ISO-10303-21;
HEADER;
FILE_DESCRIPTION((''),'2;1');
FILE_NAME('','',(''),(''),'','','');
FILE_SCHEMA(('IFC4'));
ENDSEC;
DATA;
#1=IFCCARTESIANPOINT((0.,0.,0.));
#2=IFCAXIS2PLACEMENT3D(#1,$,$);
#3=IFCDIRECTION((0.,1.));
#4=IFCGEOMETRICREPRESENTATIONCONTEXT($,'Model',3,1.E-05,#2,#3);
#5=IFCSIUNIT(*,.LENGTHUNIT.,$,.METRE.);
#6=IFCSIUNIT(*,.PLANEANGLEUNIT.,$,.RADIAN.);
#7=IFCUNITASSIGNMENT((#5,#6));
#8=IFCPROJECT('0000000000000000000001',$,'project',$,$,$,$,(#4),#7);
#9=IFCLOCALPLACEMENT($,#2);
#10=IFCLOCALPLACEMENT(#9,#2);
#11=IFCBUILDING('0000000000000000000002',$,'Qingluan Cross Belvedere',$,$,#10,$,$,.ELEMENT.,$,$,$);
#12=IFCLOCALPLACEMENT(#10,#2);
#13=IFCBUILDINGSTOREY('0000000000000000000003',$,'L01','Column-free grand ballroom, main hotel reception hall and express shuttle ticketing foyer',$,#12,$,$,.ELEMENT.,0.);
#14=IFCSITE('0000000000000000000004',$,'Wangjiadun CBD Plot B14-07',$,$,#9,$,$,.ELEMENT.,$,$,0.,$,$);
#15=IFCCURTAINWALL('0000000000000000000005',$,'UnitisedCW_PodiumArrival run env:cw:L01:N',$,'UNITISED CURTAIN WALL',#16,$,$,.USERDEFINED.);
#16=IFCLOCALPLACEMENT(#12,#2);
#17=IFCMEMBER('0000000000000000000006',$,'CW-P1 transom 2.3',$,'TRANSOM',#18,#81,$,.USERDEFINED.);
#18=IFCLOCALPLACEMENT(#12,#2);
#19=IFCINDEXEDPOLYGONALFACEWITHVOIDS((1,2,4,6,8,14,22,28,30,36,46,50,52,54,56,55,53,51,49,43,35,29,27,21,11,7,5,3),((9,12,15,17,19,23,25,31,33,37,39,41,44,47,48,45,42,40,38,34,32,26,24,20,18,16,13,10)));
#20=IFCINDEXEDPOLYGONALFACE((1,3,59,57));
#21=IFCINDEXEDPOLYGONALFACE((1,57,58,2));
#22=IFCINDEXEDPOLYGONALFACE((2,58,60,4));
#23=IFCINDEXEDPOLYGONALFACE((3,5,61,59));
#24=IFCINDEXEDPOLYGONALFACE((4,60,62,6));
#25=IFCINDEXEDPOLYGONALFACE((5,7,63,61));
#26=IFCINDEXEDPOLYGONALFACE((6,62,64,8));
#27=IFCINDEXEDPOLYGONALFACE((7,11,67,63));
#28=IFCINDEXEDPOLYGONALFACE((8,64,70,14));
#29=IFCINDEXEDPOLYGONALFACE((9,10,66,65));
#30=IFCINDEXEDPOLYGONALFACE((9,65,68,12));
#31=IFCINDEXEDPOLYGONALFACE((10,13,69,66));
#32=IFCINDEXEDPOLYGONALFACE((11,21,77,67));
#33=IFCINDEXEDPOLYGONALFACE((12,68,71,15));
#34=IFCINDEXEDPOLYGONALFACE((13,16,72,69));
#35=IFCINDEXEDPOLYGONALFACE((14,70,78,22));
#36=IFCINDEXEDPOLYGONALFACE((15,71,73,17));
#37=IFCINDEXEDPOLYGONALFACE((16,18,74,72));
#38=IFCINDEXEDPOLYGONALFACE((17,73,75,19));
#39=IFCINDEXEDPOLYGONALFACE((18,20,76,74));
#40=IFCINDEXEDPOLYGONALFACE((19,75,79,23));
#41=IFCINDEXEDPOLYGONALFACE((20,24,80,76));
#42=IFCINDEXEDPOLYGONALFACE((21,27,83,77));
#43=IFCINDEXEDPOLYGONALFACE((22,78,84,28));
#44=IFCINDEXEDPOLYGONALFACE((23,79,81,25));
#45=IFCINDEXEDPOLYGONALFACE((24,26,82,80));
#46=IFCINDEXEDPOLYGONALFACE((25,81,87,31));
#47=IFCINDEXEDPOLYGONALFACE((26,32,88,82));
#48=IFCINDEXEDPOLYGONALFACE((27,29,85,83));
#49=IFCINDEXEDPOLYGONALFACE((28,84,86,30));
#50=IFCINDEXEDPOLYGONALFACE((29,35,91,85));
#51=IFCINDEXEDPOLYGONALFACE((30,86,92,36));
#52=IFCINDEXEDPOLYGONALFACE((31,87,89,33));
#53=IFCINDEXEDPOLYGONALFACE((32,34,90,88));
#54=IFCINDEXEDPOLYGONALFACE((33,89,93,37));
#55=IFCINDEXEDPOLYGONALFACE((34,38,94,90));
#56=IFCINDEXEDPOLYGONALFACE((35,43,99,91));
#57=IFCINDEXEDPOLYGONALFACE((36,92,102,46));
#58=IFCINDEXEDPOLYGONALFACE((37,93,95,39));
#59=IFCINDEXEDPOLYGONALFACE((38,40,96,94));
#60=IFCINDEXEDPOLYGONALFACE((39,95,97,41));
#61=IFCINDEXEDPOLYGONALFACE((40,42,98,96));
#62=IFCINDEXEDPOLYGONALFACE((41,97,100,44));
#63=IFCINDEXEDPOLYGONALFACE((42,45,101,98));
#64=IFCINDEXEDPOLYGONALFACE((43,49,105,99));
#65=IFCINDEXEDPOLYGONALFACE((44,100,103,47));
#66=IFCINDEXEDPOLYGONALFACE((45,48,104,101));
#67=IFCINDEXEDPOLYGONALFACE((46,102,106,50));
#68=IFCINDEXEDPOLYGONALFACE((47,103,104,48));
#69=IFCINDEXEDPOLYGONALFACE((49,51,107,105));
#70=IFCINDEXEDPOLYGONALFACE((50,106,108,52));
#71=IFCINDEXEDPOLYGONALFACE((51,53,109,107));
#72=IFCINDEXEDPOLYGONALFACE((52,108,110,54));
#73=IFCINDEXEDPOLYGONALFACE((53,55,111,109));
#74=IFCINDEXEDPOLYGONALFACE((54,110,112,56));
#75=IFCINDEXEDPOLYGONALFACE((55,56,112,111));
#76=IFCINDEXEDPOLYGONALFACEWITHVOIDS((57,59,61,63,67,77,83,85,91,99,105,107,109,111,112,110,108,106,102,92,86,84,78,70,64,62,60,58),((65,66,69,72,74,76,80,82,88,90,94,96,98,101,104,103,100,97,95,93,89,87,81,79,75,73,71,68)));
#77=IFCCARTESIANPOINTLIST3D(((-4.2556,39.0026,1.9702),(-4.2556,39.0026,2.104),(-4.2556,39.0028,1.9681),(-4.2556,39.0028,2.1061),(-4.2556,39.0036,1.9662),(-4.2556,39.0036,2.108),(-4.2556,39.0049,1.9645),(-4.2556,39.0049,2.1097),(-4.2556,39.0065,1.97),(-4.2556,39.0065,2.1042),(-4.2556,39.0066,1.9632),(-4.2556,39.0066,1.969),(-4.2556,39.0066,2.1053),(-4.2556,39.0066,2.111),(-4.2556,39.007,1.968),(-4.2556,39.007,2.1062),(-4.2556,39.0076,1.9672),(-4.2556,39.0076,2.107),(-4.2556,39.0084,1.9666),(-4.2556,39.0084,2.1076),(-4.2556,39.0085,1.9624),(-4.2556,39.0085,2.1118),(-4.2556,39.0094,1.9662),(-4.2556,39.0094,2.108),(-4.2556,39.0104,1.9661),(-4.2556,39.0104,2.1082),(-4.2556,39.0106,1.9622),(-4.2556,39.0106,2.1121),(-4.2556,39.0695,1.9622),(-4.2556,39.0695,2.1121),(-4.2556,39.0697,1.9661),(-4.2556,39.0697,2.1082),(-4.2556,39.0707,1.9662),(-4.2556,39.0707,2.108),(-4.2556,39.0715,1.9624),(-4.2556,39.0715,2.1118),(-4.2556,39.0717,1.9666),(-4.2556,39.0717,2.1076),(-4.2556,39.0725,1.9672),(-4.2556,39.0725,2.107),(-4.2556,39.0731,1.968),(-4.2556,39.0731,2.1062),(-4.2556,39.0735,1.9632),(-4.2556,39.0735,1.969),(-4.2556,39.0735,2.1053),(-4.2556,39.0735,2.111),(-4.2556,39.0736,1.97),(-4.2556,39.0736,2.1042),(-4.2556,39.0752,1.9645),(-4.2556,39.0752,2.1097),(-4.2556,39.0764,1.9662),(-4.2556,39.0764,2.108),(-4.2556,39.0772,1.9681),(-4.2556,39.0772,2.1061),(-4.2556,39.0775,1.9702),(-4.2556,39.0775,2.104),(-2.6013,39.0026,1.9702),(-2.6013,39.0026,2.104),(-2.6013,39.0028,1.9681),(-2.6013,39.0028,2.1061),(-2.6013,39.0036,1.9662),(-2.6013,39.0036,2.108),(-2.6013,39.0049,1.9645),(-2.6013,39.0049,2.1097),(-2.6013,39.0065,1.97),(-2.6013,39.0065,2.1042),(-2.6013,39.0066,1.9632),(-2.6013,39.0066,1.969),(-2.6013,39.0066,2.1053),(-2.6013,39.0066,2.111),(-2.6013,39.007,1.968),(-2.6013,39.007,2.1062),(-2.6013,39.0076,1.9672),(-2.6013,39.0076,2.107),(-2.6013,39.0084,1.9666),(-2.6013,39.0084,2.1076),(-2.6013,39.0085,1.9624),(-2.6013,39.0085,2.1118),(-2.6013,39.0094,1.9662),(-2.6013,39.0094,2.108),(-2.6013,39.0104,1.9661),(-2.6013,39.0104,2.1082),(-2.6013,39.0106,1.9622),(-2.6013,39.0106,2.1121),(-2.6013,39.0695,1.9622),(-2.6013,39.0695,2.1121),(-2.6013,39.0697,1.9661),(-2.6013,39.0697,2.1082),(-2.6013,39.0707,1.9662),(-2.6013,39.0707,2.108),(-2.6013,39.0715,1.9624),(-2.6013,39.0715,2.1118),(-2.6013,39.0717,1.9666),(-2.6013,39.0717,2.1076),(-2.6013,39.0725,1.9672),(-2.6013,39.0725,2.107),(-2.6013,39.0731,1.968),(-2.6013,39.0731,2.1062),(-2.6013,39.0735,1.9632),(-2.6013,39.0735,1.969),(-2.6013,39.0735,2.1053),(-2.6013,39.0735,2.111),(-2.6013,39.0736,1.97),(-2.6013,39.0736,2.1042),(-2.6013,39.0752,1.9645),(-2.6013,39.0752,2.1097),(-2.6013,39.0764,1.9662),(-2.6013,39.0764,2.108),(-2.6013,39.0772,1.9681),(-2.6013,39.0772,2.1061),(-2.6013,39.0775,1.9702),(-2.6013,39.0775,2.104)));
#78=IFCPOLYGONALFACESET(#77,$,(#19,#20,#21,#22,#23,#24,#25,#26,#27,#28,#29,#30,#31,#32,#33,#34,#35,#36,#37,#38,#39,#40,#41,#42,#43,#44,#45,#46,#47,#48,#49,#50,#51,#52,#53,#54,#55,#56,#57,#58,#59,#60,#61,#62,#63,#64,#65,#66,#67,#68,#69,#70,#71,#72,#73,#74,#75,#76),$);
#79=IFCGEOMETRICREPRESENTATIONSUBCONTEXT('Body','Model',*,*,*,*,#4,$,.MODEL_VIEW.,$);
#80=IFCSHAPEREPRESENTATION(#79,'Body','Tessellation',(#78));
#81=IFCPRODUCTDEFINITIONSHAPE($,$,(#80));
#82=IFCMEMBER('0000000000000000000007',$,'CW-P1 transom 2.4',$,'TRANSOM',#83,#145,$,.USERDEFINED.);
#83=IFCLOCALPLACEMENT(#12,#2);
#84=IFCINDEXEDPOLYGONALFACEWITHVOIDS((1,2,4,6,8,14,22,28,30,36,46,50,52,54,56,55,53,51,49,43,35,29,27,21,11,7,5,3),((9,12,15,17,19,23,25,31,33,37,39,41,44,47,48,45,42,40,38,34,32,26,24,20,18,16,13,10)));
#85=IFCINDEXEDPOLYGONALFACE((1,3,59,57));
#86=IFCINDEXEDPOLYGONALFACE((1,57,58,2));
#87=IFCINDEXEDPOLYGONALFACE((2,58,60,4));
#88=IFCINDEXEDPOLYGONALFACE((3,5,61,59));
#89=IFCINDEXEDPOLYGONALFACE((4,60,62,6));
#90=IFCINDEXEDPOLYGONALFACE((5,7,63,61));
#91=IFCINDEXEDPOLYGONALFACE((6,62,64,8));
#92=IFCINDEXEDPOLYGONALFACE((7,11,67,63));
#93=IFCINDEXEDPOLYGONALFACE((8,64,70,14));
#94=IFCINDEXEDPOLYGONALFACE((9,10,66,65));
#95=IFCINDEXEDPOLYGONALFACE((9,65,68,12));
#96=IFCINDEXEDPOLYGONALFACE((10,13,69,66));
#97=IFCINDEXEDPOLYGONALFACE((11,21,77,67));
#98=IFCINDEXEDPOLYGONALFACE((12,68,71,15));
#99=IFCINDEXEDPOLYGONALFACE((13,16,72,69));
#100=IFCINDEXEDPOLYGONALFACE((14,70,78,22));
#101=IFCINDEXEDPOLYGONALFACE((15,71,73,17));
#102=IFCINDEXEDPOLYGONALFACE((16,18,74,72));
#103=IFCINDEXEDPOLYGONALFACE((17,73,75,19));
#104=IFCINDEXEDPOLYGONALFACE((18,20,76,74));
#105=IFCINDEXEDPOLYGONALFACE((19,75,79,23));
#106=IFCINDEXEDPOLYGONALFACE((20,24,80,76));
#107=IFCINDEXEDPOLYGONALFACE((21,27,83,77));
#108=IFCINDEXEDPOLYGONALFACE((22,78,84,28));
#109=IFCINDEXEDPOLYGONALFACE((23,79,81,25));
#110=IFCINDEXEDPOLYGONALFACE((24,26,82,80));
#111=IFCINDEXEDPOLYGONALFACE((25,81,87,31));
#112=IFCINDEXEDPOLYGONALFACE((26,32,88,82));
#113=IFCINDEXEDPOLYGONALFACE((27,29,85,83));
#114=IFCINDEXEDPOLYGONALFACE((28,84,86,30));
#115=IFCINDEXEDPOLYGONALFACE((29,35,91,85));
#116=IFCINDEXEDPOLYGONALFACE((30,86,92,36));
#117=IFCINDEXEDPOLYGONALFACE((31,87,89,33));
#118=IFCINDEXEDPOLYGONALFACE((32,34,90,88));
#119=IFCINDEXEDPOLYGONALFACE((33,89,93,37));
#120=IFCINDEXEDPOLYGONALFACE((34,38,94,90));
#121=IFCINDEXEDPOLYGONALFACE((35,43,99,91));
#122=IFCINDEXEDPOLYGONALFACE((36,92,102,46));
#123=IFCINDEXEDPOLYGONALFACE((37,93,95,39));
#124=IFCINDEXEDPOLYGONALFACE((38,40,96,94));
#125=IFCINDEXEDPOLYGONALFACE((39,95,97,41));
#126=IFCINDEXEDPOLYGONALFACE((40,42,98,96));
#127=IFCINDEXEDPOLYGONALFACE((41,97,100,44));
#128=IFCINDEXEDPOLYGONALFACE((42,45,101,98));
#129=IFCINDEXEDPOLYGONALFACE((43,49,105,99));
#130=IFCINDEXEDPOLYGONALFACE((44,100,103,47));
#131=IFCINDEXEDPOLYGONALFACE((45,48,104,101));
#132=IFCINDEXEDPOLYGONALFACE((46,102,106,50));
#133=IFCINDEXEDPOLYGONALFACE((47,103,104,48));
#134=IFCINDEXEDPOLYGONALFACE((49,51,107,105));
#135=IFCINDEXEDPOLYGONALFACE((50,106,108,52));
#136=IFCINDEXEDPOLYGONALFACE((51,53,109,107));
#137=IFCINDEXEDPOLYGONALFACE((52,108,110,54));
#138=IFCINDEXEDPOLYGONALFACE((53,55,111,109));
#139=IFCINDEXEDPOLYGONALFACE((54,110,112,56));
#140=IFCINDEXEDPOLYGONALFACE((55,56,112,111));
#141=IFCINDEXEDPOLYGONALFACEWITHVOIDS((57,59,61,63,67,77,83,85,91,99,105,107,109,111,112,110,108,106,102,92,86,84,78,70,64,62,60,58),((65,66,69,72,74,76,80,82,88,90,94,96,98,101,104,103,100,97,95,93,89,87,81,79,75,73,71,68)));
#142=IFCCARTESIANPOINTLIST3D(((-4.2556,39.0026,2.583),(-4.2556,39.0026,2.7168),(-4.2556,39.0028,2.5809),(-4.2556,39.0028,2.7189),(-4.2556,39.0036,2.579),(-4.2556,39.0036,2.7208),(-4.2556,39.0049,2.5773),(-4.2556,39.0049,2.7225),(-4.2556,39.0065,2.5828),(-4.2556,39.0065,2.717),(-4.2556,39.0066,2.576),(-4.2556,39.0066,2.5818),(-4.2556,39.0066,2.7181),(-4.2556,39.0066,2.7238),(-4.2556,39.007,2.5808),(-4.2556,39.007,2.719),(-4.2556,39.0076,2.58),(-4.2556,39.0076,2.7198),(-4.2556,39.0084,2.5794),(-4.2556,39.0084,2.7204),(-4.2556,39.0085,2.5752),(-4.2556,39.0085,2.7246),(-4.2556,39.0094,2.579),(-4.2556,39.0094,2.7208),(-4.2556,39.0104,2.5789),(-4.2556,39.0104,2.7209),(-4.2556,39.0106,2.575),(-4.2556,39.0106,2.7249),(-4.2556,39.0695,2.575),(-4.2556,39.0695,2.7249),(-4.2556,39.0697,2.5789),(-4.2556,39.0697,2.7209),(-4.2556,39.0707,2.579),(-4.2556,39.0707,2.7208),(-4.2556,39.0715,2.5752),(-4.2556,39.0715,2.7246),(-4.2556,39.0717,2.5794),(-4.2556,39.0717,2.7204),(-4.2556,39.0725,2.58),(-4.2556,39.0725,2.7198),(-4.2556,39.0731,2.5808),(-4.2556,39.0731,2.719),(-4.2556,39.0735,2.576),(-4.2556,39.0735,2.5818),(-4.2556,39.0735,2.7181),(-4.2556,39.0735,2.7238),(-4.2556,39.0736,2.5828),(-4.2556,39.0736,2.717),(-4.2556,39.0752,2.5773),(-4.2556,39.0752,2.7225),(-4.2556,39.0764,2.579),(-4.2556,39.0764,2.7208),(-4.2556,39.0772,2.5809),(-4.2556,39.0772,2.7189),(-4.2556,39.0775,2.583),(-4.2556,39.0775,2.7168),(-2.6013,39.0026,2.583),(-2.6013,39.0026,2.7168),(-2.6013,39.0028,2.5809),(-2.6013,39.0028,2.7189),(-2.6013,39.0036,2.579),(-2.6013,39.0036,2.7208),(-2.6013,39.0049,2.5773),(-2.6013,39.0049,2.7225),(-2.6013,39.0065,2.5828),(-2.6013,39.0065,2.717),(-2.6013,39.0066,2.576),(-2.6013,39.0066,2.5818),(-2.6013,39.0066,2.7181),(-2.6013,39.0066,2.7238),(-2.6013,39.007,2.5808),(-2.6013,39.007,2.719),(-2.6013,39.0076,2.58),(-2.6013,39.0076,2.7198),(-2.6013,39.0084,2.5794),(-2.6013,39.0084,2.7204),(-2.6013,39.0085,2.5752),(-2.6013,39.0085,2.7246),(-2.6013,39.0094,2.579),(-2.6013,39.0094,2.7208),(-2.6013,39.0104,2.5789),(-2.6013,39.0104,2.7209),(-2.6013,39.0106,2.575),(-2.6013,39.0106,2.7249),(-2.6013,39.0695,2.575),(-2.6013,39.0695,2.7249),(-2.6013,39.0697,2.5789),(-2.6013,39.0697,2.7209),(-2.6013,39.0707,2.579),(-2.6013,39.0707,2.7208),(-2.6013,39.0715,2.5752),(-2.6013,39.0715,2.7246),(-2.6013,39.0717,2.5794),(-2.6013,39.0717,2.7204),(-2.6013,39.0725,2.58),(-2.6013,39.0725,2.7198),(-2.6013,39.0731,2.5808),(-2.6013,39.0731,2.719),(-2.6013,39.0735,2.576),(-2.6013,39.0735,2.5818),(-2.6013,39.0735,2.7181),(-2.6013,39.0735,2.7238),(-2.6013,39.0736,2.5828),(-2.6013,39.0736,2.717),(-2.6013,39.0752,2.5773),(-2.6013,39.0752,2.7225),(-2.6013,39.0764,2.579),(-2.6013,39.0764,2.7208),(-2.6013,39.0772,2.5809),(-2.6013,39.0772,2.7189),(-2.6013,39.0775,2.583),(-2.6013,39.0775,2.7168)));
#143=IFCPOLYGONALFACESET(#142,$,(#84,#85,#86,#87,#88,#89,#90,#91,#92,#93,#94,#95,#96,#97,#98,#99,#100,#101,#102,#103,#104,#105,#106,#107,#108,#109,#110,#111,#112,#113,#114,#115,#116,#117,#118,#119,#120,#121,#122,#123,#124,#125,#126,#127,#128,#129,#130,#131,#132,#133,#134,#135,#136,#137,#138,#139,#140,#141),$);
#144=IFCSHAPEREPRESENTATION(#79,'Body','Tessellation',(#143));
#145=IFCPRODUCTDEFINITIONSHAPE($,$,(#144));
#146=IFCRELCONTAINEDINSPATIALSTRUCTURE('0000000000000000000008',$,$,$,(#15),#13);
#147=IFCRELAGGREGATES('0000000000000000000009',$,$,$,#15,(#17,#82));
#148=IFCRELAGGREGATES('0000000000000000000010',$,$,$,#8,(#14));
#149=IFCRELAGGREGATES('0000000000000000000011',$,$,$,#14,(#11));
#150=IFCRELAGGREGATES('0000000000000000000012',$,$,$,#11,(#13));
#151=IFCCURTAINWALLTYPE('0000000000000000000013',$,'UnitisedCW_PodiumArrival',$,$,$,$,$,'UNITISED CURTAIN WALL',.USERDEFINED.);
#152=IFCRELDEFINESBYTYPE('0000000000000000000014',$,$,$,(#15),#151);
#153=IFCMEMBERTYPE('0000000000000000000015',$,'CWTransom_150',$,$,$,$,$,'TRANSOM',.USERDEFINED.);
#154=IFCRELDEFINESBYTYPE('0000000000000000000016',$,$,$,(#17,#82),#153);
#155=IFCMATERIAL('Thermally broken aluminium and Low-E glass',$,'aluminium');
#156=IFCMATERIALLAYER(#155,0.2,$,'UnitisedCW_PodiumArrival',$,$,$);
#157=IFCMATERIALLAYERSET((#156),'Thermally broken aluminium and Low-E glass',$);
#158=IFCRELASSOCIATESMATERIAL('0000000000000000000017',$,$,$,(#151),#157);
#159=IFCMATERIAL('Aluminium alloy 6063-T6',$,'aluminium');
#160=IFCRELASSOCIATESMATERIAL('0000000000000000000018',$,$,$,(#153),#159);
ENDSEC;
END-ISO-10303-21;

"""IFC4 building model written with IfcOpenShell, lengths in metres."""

from ifc_helpers import new_model, si_unit, direction, frame, origin, origin_2d, place, context, subcontext, project, spatial, hollow_rectangle, extrude, material, layer, layer_set, material_profile, profile_set, type_object, element, aggregate, save


model = new_model("IFC4")

# Units and contexts
model_context = context("Model", 3, precision=1e-05, world=origin(), true_north=direction((0.0, 1.0)))
body_context = subcontext(model_context, "Body", "Model", "MODEL_VIEW")
ifc_project = project(units=[si_unit("LENGTHUNIT", "METRE"), si_unit("PLANEANGLEUNIT", "RADIAN")], contexts=[model_context])

# Site, building, storey
site_placement = place(None, origin())
site = spatial("IfcSite", under=ifc_project, at=site_placement, Name="Wangjiadun CBD Plot B14-07", CompositionType="ELEMENT", RefElevation=0.0)
building_placement = place(site_placement, origin())
building = spatial("IfcBuilding", under=site, at=building_placement, Name="Qingluan Cross Belvedere", CompositionType="ELEMENT")
storey_placement = place(building_placement, origin())
storey = spatial("IfcBuildingStorey", under=building, at=storey_placement, Name="L01", Description="Column-free grand ballroom, main hotel reception hall and express shuttle ticketing foyer", CompositionType="ELEMENT", Elevation=0.0)

# Curtain wall, members
ifc_material_1 = material(Name="Thermally broken aluminium and Low-E glass", Category="aluminium")
ifc_layer_1 = layer(ifc_material_1, 0.2, Name="UnitisedCW_PodiumArrival")
ifc_layer_set_1 = layer_set([ifc_layer_1], Name="Thermally broken aluminium and Low-E glass")
curtain_wall_type = type_object("IfcCurtainWallType", Name="UnitisedCW_PodiumArrival", ElementType="UNITISED CURTAIN WALL", PredefinedType="USERDEFINED", material=ifc_layer_set_1)
curtain_wall_placement = place(storey_placement, origin())
curtain_wall = element("IfcCurtainWall", 1, at=curtain_wall_placement, inside=storey, type_object=curtain_wall_type, Name="UnitisedCW_PodiumArrival run env:cw:L01:N", ObjectType="UNITISED CURTAIN WALL", PredefinedType="USERDEFINED")
ifc_material_2 = material(Name="Aluminium alloy 6063-T6", Category="aluminium")
ifc_material_profile_1 = material_profile(ifc_material_2, hollow_rectangle(XDim=0.075, YDim=0.1499, WallThickness=0.0039, InnerFilletRadius=0.0039, OuterFilletRadius=0.0081, at=origin_2d()), Name="CWT150x75x4")
ifc_profile_set_1 = profile_set([ifc_material_profile_1], Name="Aluminium alloy 6063-T6")
member_type_1 = type_object("IfcMemberType", Name="CWTransom_150", ElementType="TRANSOM", PredefinedType="USERDEFINED", material=ifc_profile_set_1)
member_1_placement = place(storey_placement, frame((-4.2556, 39.04, 2.0371), z_axis=(1.0, 0.0, 0.0), x_axis=(0.0, 1.0, 0.0)))
member_1 = element("IfcMember", 2, at=member_1_placement, type_object=member_type_1, Name="CW-P1 transom 2.3", ObjectType="TRANSOM", PredefinedType="USERDEFINED", context=body_context, shape_type="SweptSolid", body=[
    extrude(hollow_rectangle(XDim=0.075, YDim=0.1499, WallThickness=0.0039, InnerFilletRadius=0.0039, OuterFilletRadius=0.0081, at=origin_2d()), origin(), (0.0, 0.0, 1.0), 1.6543),
])
member_2_placement = place(storey_placement, frame((-4.2556, 39.04, 2.6499), z_axis=(1.0, 0.0, 0.0), x_axis=(0.0, 1.0, 0.0)))
member_2 = element("IfcMember", 3, at=member_2_placement, type_object=member_type_1, Name="CW-P1 transom 2.4", ObjectType="TRANSOM", PredefinedType="USERDEFINED", context=body_context, shape_type="SweptSolid", body=[
    extrude(hollow_rectangle(XDim=0.075, YDim=0.1499, WallThickness=0.0039, InnerFilletRadius=0.0039, OuterFilletRadius=0.0081, at=origin_2d()), origin(), (0.0, 0.0, 1.0), 1.6543),
])

aggregate(curtain_wall, [member_1, member_2])

save(model, "model.ifc")
